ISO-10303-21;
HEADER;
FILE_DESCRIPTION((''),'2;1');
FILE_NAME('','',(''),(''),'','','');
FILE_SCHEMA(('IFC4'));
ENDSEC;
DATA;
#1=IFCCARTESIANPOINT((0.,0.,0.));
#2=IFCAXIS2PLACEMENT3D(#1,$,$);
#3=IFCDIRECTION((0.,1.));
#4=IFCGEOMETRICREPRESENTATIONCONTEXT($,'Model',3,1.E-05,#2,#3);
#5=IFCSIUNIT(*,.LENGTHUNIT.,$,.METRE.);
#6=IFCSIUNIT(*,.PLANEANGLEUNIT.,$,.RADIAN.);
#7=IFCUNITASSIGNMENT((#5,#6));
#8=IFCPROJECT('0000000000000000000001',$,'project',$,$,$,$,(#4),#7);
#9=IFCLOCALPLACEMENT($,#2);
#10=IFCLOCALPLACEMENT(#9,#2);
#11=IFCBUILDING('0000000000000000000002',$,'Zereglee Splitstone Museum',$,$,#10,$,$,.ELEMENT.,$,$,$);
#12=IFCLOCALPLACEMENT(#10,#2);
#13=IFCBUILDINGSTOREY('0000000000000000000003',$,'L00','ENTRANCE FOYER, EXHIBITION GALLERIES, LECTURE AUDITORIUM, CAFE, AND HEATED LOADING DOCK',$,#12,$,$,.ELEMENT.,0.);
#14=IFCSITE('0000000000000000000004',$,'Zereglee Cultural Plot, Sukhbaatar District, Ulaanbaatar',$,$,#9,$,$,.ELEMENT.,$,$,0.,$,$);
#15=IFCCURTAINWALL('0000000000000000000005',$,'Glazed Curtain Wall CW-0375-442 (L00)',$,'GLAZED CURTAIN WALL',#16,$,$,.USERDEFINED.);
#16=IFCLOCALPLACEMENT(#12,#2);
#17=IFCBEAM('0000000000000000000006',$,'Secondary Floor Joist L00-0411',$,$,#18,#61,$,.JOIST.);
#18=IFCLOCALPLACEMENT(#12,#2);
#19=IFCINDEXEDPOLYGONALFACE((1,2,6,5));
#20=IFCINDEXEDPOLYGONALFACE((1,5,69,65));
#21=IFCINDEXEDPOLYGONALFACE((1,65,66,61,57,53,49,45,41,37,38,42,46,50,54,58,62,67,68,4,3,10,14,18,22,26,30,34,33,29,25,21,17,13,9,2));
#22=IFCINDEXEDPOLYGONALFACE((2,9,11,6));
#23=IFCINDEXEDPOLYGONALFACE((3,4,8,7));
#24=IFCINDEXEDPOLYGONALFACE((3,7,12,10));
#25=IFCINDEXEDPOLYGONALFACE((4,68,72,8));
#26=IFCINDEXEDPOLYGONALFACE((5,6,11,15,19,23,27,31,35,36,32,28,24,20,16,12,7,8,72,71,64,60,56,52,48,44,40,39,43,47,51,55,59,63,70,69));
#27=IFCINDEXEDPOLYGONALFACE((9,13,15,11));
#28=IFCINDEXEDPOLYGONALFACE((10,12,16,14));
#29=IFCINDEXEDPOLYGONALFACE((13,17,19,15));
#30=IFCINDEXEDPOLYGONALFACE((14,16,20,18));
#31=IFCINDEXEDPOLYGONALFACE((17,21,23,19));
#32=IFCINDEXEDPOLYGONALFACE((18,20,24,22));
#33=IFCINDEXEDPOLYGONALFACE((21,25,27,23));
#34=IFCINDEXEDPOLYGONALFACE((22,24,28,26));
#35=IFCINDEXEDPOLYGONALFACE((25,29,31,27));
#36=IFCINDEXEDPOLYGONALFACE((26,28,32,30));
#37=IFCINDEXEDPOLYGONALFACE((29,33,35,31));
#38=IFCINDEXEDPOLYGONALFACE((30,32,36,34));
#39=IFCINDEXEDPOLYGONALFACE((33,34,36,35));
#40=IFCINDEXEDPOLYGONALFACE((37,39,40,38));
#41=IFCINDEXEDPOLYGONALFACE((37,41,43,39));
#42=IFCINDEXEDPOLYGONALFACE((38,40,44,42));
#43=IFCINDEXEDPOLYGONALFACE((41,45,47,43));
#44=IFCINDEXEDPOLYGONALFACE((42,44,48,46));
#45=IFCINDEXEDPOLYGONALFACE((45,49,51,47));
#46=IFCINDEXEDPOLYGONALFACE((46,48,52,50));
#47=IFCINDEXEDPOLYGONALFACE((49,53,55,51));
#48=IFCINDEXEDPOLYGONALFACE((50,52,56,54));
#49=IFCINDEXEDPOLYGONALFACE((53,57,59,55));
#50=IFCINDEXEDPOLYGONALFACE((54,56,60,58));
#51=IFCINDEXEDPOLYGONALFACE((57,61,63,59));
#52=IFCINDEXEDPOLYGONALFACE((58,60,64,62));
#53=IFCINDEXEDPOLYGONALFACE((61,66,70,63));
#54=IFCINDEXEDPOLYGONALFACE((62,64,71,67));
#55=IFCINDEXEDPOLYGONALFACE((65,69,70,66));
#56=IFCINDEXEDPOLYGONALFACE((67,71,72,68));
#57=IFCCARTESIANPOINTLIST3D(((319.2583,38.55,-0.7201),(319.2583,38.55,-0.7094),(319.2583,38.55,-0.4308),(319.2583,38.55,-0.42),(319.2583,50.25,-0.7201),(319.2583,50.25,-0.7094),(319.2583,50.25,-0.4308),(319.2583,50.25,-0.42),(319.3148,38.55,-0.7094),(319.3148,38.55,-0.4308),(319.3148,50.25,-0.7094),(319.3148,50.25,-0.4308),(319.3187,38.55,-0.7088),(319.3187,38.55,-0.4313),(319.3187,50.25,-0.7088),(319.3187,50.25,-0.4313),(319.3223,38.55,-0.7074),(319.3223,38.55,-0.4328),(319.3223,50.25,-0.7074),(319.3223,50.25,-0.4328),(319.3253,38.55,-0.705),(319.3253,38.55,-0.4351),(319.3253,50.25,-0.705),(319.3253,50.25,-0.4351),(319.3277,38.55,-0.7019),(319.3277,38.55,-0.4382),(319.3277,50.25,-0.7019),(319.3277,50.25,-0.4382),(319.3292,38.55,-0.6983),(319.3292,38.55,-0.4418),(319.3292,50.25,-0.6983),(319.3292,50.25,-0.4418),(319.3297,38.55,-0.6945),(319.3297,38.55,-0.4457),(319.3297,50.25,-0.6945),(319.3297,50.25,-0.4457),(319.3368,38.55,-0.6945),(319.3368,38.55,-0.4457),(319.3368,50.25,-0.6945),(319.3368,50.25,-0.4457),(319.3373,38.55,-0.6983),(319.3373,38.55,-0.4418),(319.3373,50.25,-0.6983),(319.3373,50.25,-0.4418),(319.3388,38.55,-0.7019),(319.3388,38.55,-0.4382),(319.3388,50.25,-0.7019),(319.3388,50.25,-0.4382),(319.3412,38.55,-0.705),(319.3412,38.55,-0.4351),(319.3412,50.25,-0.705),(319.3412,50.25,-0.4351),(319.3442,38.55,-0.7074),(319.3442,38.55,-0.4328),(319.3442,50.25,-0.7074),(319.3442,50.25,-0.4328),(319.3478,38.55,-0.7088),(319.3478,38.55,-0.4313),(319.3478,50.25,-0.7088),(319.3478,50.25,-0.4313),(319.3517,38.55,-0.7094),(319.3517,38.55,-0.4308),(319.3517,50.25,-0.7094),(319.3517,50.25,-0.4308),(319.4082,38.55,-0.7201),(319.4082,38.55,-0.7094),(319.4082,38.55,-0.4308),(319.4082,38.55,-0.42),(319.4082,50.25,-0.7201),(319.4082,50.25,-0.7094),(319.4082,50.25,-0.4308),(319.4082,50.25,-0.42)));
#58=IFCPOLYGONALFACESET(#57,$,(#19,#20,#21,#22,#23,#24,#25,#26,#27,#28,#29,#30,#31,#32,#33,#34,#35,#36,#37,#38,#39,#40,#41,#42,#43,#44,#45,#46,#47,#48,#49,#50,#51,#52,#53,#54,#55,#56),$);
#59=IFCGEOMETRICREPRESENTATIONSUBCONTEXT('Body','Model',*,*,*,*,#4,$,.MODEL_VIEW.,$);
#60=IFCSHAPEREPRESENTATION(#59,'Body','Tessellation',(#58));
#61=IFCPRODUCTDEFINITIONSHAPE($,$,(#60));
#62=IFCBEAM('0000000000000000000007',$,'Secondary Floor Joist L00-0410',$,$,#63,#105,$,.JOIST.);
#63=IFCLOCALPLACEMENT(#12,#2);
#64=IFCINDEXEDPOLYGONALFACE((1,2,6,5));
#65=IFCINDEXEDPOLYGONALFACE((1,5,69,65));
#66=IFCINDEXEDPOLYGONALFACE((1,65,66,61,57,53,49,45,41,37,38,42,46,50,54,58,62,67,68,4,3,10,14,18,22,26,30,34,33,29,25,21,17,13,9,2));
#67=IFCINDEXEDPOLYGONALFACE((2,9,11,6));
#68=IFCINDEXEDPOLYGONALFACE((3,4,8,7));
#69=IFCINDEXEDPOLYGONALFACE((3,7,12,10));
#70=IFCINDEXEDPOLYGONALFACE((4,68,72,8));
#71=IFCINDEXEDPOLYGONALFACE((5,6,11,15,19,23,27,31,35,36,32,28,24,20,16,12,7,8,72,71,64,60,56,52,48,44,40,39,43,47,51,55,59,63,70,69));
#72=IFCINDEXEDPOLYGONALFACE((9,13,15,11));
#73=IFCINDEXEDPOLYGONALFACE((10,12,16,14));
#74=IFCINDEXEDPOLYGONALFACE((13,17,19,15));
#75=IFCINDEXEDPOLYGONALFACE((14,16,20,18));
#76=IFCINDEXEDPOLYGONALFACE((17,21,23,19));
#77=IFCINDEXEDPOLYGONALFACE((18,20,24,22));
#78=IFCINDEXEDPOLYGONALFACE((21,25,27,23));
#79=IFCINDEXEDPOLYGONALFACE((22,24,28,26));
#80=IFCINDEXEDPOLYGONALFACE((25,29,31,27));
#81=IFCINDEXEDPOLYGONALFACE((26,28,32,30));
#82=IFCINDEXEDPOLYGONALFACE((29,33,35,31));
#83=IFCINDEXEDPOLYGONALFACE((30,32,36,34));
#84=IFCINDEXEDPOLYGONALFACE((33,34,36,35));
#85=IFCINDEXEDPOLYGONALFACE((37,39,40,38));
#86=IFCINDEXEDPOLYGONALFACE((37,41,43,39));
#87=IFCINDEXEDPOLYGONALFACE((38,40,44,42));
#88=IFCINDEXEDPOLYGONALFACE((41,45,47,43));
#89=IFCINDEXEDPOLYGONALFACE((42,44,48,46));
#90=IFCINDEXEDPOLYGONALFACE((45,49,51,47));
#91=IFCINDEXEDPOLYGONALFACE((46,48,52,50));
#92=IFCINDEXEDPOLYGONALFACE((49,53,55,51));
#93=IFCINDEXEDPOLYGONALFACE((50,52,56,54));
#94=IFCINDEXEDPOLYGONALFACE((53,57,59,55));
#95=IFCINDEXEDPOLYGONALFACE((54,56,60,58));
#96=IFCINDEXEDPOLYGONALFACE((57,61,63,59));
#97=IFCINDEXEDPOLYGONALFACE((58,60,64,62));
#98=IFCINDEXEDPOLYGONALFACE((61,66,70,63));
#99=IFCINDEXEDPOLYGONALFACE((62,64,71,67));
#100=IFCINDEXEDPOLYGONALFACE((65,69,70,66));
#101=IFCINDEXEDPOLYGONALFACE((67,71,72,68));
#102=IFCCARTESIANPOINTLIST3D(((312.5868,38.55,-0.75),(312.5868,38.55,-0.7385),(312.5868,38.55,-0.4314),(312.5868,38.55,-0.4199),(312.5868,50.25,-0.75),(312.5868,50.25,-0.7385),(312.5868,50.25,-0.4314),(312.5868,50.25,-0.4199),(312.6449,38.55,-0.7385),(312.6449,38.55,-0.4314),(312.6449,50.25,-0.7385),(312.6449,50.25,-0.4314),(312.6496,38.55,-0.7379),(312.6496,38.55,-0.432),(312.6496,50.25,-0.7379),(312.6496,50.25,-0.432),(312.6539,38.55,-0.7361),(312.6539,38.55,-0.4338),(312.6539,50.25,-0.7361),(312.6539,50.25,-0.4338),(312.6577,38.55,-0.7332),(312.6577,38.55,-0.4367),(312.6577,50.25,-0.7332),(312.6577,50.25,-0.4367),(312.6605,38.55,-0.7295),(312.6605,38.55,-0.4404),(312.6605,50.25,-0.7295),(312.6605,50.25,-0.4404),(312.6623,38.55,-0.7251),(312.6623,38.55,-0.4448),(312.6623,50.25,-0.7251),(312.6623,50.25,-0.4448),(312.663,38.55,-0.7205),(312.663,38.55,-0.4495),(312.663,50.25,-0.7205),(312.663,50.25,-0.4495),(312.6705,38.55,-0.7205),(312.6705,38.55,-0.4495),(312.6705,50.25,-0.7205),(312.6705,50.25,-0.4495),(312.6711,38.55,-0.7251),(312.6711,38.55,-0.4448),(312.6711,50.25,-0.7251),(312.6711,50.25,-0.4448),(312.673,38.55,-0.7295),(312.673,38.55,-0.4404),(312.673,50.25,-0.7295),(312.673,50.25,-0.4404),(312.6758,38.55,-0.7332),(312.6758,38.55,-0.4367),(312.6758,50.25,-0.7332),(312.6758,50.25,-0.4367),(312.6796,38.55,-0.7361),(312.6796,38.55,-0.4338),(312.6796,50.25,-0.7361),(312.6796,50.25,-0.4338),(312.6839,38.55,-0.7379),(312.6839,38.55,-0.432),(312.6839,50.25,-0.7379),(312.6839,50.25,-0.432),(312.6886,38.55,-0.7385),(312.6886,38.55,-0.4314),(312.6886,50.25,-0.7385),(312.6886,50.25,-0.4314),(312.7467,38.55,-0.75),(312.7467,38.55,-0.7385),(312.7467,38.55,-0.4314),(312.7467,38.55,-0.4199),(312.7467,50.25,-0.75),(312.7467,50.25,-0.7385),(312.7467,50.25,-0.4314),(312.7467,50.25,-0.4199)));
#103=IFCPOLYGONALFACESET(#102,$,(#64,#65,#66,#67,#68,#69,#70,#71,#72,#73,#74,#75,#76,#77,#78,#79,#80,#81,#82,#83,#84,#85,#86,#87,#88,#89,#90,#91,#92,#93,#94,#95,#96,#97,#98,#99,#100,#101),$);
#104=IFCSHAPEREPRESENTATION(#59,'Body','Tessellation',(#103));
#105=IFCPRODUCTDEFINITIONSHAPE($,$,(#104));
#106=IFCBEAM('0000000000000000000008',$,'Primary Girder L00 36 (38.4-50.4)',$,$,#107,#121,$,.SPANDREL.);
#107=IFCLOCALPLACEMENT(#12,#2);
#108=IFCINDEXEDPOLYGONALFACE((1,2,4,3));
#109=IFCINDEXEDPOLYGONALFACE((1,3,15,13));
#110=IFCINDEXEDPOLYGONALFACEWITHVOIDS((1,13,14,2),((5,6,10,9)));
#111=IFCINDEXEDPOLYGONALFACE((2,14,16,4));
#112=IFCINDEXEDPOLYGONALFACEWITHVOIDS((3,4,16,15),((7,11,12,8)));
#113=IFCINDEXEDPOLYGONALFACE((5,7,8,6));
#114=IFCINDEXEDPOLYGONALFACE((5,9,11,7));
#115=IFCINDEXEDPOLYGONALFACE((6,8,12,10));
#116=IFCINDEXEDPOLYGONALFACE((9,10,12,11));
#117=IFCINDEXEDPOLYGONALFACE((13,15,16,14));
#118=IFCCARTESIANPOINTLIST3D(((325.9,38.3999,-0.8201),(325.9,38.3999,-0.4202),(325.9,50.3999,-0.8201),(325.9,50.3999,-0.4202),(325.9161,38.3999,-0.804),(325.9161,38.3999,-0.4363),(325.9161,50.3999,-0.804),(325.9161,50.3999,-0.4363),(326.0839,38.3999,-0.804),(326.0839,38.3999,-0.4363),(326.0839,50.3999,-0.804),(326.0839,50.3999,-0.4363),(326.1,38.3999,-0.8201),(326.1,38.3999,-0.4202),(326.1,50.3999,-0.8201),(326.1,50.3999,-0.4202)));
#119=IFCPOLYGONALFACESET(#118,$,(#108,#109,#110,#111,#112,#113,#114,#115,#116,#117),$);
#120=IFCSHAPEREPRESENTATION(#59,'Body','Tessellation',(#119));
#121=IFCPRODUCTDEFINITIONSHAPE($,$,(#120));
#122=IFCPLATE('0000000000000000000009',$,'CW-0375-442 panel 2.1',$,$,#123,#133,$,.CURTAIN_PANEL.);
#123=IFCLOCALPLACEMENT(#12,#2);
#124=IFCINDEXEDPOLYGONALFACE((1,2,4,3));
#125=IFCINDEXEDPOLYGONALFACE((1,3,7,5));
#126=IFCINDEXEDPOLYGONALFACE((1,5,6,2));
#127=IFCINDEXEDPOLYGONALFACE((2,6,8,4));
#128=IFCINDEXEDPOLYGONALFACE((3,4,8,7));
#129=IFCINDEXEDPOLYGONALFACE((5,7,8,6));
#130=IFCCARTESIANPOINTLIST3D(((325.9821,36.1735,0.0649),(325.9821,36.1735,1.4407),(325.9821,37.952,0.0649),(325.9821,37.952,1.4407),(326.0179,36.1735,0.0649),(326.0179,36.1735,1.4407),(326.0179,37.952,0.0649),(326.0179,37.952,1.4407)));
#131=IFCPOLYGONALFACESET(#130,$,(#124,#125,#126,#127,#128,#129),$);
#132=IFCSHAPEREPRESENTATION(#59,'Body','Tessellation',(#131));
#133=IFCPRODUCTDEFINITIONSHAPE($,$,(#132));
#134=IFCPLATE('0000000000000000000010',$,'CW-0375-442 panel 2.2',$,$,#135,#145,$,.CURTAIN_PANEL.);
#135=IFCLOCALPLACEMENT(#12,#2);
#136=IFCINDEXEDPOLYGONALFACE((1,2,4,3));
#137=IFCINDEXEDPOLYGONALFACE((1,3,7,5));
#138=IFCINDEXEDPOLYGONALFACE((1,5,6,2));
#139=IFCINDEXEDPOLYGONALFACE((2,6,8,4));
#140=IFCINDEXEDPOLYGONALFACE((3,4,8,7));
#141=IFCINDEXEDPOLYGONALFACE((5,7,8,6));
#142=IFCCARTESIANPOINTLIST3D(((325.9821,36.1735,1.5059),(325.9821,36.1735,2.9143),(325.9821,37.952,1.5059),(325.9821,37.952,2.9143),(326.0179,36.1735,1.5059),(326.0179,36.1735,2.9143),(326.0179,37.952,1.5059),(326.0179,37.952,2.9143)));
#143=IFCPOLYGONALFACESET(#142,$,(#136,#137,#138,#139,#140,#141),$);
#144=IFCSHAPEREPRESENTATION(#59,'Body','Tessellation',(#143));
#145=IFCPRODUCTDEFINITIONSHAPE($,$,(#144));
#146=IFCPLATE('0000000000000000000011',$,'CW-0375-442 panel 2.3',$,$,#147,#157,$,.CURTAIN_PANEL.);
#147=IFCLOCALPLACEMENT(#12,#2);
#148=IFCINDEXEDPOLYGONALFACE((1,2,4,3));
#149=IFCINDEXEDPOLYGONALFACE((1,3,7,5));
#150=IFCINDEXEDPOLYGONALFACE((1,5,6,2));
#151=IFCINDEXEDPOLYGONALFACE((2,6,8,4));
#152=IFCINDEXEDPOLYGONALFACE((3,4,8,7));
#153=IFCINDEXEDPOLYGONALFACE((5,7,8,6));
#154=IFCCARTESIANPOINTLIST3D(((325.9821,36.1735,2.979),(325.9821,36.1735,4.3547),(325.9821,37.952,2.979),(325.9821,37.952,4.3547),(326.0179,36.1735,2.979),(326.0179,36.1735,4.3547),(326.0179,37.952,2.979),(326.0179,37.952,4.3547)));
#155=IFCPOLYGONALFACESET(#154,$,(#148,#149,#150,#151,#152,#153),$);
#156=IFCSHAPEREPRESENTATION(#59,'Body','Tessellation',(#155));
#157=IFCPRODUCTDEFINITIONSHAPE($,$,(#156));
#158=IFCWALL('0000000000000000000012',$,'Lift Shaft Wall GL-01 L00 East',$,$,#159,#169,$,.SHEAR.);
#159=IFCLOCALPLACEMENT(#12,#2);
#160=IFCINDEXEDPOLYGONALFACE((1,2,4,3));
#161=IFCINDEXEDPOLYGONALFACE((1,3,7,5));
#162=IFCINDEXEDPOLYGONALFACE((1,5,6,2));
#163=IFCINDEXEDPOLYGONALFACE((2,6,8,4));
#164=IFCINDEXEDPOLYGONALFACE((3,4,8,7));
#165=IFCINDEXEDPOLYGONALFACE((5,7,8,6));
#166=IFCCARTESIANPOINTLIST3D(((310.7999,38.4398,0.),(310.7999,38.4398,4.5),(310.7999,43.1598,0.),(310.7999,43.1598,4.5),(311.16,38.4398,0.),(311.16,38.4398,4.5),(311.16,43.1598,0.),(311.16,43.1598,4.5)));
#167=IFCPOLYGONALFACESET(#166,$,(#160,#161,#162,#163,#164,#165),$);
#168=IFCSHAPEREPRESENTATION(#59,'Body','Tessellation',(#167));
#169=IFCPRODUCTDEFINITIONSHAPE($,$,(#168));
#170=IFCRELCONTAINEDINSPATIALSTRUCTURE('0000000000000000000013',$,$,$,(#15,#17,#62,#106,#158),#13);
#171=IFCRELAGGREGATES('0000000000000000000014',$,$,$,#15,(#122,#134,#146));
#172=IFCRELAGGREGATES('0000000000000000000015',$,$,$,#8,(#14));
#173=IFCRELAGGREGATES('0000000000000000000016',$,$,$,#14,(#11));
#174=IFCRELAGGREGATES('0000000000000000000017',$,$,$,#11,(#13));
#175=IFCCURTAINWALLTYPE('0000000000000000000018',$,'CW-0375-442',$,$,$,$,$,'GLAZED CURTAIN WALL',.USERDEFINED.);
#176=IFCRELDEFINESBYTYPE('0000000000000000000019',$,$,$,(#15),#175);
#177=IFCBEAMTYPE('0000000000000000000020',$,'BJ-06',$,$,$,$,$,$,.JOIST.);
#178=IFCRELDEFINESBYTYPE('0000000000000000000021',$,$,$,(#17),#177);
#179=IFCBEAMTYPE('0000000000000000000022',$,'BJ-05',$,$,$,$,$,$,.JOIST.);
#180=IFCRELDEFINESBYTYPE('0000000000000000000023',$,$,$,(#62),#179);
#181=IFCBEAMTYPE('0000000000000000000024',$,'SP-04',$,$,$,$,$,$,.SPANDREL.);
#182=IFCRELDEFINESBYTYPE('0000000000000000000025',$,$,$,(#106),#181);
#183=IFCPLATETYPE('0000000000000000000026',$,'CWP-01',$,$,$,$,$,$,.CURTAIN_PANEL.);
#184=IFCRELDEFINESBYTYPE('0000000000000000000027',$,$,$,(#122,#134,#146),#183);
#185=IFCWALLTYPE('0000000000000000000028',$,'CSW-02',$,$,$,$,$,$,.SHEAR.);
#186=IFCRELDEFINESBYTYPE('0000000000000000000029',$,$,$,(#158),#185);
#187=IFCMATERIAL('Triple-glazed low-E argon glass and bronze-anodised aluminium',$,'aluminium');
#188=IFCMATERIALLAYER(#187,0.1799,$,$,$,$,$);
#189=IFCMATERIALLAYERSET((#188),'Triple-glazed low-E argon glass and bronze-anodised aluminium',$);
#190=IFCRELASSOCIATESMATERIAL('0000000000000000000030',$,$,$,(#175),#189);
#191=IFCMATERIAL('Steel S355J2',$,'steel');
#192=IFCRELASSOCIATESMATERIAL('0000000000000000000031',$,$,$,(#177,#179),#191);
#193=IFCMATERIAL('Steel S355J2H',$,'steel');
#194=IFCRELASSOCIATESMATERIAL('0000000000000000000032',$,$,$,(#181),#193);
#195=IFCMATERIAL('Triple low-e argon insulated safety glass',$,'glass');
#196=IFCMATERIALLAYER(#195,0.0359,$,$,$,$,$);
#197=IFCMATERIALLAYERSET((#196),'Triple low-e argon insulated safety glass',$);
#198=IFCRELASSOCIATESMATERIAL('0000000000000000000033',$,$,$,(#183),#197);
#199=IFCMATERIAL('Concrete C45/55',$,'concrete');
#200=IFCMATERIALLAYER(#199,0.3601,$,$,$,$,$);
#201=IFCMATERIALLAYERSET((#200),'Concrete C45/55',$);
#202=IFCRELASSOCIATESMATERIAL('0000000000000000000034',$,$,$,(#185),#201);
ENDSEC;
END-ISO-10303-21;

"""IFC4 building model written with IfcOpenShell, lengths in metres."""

from ifc_helpers import new_model, si_unit, direction, frame, frame_2d, origin, origin_2d, place, context, subcontext, project, spatial, rectangle, hollow_rectangle, i_section, extrude, material, layer, layer_set, material_profile, profile_set, type_object, element, aggregate, save


model = new_model("IFC4")

# Units and contexts
model_context = context("Model", 3, precision=1e-05, world=origin(), true_north=direction((0.0, 1.0)))
body_context = subcontext(model_context, "Body", "Model", "MODEL_VIEW")
ifc_project = project(units=[si_unit("LENGTHUNIT", "METRE"), si_unit("PLANEANGLEUNIT", "RADIAN")], contexts=[model_context])

# Site, building, storey
site_placement = place(None, origin())
site = spatial("IfcSite", under=ifc_project, at=site_placement, Name="Zereglee Cultural Plot, Sukhbaatar District, Ulaanbaatar", CompositionType="ELEMENT", RefElevation=0.0)
building_placement = place(site_placement, origin())
building = spatial("IfcBuilding", under=site, at=building_placement, Name="Zereglee Splitstone Museum", CompositionType="ELEMENT")
storey_placement = place(building_placement, origin())
storey = spatial("IfcBuildingStorey", under=building, at=storey_placement, Name="L00", Description="ENTRANCE FOYER, EXHIBITION GALLERIES, LECTURE AUDITORIUM, CAFE, AND HEATED LOADING DOCK", CompositionType="ELEMENT", Elevation=0.0)

# Shared definitions
ifc_material_1 = material(Name="Concrete C45/55", Category="concrete")

# Curtain wall
ifc_material_2 = material(Name="Triple-glazed low-E argon glass and bronze-anodised aluminium", Category="aluminium")
ifc_layer_1 = layer(ifc_material_2, 0.1799)
ifc_layer_set_1 = layer_set([ifc_layer_1], Name="Triple-glazed low-E argon glass and bronze-anodised aluminium")
curtain_wall_type = type_object("IfcCurtainWallType", Name="CW-0375-442", ElementType="GLAZED CURTAIN WALL", PredefinedType="USERDEFINED", material=ifc_layer_set_1)
curtain_wall_placement = place(storey_placement, origin())
curtain_wall = element("IfcCurtainWall", 1, at=curtain_wall_placement, inside=storey, type_object=curtain_wall_type, Name="Glazed Curtain Wall CW-0375-442 (L00)", ObjectType="GLAZED CURTAIN WALL", PredefinedType="USERDEFINED")

# Beams
ifc_material_3 = material(Name="Steel S355J2", Category="steel")
ifc_material_profile_1 = material_profile(ifc_material_3, i_section(OverallWidth=0.1499, OverallDepth=0.3, WebThickness=0.0071, FlangeThickness=0.0107, FilletRadius=0.0149, at=origin_2d()), Name="IPE 300")
ifc_profile_set_1 = profile_set([ifc_material_profile_1], Name="Steel S355J2")
beam_type_1 = type_object("IfcBeamType", Name="BJ-06", PredefinedType="JOIST", material=ifc_profile_set_1)
beam_1_placement = place(storey_placement, frame((319.3333, 38.55, -0.5701), z_axis=(0.0, 1.0, 0.0), x_axis=(-1.0, 0.0, 0.0)))
element("IfcBeam", 2, at=beam_1_placement, inside=storey, type_object=beam_type_1, Name="Secondary Floor Joist L00-0411", PredefinedType="JOIST", context=body_context, shape_type="SweptSolid", body=[
    extrude(i_section(OverallWidth=0.1499, OverallDepth=0.3, WebThickness=0.0071, FlangeThickness=0.0107, FilletRadius=0.0149, at=origin_2d()), origin(), (0.0, 0.0, 1.0), 11.7),
])
ifc_material_profile_2 = material_profile(ifc_material_3, i_section(OverallWidth=0.1599, OverallDepth=0.3301, WebThickness=0.0076, FlangeThickness=0.0115, FilletRadius=0.0181, at=origin_2d()), Name="IPE 330")
ifc_profile_set_2 = profile_set([ifc_material_profile_2], Name="Steel S355J2")
beam_type_2 = type_object("IfcBeamType", Name="BJ-05", PredefinedType="JOIST", material=ifc_profile_set_2)
beam_2_placement = place(storey_placement, frame((312.6667, 38.55, -0.585), z_axis=(0.0, 1.0, 0.0), x_axis=(-1.0, 0.0, 0.0)))
element("IfcBeam", 3, at=beam_2_placement, inside=storey, type_object=beam_type_2, Name="Secondary Floor Joist L00-0410", PredefinedType="JOIST", context=body_context, shape_type="SweptSolid", body=[
    extrude(i_section(OverallWidth=0.1599, OverallDepth=0.3301, WebThickness=0.0076, FlangeThickness=0.0115, FilletRadius=0.0181, at=origin_2d()), origin(), (0.0, 0.0, 1.0), 11.7),
])
ifc_material_4 = material(Name="Steel S355J2H", Category="steel")
ifc_material_profile_3 = material_profile(ifc_material_4, hollow_rectangle(XDim=0.2, YDim=0.3999, WallThickness=0.0161, at=origin_2d()), Name="RHS 400x200x16")
ifc_profile_set_3 = profile_set([ifc_material_profile_3], Name="Steel S355J2H")
beam_type_3 = type_object("IfcBeamType", Name="SP-04", PredefinedType="SPANDREL", material=ifc_profile_set_3)
beam_3_placement = place(storey_placement, frame((326.0, 38.3999, -0.6201), z_axis=(0.0, 1.0, 0.0), x_axis=(-1.0, 0.0, 0.0)))
element("IfcBeam", 4, at=beam_3_placement, inside=storey, type_object=beam_type_3, Name="Primary Girder L00 36 (38.4-50.4)", PredefinedType="SPANDREL", context=body_context, shape_type="SweptSolid", body=[
    extrude(hollow_rectangle(XDim=0.2, YDim=0.3999, WallThickness=0.0161, at=origin_2d()), origin(), (0.0, 0.0, 1.0), 12.0),
])

# Plates
ifc_material_5 = material(Name="Triple low-e argon insulated safety glass", Category="glass")
ifc_layer_2 = layer(ifc_material_5, 0.0359)
ifc_layer_set_2 = layer_set([ifc_layer_2], Name="Triple low-e argon insulated safety glass")
plate_type = type_object("IfcPlateType", Name="CWP-01", PredefinedType="CURTAIN_PANEL", material=ifc_layer_set_2)
plate_1_placement = place(storey_placement, frame((326.0, 37.0627, 0.0649), z_axis=(0.0, 0.0, 1.0), x_axis=(0.0, 1.0, 0.0)))
plate_1 = element("IfcPlate", 5, at=plate_1_placement, type_object=plate_type, Name="CW-0375-442 panel 2.1", PredefinedType="CURTAIN_PANEL", context=body_context, shape_type="SweptSolid", body=[
    extrude(rectangle(XDim=1.7786, YDim=0.0359, at=origin_2d()), origin(), (0.0, 0.0, 1.0), 1.3757),
])
plate_2_placement = place(storey_placement, frame((326.0, 37.0627, 1.5059), z_axis=(0.0, 0.0, 1.0), x_axis=(0.0, 1.0, 0.0)))
plate_2 = element("IfcPlate", 6, at=plate_2_placement, type_object=plate_type, Name="CW-0375-442 panel 2.2", PredefinedType="CURTAIN_PANEL", context=body_context, shape_type="SweptSolid", body=[
    extrude(rectangle(XDim=1.7786, YDim=0.0359, at=origin_2d()), origin(), (0.0, 0.0, 1.0), 1.4084),
])
plate_3_placement = place(storey_placement, frame((326.0, 37.0627, 2.979), z_axis=(0.0, 0.0, 1.0), x_axis=(0.0, 1.0, 0.0)))
plate_3 = element("IfcPlate", 7, at=plate_3_placement, type_object=plate_type, Name="CW-0375-442 panel 2.3", PredefinedType="CURTAIN_PANEL", context=body_context, shape_type="SweptSolid", body=[
    extrude(rectangle(XDim=1.7786, YDim=0.0359, at=origin_2d()), origin(), (0.0, 0.0, 1.0), 1.3757),
])
aggregate(curtain_wall, [plate_1, plate_2, plate_3])

# Wall
ifc_layer_3 = layer(ifc_material_1, 0.3601)
ifc_layer_set_3 = layer_set([ifc_layer_3], Name="Concrete C45/55")
wall_type_1 = type_object("IfcWallType", Name="CSW-02", PredefinedType="SHEAR", material=ifc_layer_set_3)
wall_1_placement = place(storey_placement, frame((310.98, 38.4399, 0.0), z_axis=(0.0, 0.0, 1.0), x_axis=(0.0, 1.0, 0.0)))
element("IfcWall", 8, at=wall_1_placement, inside=storey, type_object=wall_type_1, Name="Lift Shaft Wall GL-01 L00 East", PredefinedType="SHEAR", context=body_context, shape_type="SweptSolid", body=[
    extrude(rectangle(XDim=4.72, YDim=0.3601, at=frame_2d((2.3599, 0.0))), origin(), (0.0, 0.0, 1.0), 4.5),
])

save(model, "model.ifc")
